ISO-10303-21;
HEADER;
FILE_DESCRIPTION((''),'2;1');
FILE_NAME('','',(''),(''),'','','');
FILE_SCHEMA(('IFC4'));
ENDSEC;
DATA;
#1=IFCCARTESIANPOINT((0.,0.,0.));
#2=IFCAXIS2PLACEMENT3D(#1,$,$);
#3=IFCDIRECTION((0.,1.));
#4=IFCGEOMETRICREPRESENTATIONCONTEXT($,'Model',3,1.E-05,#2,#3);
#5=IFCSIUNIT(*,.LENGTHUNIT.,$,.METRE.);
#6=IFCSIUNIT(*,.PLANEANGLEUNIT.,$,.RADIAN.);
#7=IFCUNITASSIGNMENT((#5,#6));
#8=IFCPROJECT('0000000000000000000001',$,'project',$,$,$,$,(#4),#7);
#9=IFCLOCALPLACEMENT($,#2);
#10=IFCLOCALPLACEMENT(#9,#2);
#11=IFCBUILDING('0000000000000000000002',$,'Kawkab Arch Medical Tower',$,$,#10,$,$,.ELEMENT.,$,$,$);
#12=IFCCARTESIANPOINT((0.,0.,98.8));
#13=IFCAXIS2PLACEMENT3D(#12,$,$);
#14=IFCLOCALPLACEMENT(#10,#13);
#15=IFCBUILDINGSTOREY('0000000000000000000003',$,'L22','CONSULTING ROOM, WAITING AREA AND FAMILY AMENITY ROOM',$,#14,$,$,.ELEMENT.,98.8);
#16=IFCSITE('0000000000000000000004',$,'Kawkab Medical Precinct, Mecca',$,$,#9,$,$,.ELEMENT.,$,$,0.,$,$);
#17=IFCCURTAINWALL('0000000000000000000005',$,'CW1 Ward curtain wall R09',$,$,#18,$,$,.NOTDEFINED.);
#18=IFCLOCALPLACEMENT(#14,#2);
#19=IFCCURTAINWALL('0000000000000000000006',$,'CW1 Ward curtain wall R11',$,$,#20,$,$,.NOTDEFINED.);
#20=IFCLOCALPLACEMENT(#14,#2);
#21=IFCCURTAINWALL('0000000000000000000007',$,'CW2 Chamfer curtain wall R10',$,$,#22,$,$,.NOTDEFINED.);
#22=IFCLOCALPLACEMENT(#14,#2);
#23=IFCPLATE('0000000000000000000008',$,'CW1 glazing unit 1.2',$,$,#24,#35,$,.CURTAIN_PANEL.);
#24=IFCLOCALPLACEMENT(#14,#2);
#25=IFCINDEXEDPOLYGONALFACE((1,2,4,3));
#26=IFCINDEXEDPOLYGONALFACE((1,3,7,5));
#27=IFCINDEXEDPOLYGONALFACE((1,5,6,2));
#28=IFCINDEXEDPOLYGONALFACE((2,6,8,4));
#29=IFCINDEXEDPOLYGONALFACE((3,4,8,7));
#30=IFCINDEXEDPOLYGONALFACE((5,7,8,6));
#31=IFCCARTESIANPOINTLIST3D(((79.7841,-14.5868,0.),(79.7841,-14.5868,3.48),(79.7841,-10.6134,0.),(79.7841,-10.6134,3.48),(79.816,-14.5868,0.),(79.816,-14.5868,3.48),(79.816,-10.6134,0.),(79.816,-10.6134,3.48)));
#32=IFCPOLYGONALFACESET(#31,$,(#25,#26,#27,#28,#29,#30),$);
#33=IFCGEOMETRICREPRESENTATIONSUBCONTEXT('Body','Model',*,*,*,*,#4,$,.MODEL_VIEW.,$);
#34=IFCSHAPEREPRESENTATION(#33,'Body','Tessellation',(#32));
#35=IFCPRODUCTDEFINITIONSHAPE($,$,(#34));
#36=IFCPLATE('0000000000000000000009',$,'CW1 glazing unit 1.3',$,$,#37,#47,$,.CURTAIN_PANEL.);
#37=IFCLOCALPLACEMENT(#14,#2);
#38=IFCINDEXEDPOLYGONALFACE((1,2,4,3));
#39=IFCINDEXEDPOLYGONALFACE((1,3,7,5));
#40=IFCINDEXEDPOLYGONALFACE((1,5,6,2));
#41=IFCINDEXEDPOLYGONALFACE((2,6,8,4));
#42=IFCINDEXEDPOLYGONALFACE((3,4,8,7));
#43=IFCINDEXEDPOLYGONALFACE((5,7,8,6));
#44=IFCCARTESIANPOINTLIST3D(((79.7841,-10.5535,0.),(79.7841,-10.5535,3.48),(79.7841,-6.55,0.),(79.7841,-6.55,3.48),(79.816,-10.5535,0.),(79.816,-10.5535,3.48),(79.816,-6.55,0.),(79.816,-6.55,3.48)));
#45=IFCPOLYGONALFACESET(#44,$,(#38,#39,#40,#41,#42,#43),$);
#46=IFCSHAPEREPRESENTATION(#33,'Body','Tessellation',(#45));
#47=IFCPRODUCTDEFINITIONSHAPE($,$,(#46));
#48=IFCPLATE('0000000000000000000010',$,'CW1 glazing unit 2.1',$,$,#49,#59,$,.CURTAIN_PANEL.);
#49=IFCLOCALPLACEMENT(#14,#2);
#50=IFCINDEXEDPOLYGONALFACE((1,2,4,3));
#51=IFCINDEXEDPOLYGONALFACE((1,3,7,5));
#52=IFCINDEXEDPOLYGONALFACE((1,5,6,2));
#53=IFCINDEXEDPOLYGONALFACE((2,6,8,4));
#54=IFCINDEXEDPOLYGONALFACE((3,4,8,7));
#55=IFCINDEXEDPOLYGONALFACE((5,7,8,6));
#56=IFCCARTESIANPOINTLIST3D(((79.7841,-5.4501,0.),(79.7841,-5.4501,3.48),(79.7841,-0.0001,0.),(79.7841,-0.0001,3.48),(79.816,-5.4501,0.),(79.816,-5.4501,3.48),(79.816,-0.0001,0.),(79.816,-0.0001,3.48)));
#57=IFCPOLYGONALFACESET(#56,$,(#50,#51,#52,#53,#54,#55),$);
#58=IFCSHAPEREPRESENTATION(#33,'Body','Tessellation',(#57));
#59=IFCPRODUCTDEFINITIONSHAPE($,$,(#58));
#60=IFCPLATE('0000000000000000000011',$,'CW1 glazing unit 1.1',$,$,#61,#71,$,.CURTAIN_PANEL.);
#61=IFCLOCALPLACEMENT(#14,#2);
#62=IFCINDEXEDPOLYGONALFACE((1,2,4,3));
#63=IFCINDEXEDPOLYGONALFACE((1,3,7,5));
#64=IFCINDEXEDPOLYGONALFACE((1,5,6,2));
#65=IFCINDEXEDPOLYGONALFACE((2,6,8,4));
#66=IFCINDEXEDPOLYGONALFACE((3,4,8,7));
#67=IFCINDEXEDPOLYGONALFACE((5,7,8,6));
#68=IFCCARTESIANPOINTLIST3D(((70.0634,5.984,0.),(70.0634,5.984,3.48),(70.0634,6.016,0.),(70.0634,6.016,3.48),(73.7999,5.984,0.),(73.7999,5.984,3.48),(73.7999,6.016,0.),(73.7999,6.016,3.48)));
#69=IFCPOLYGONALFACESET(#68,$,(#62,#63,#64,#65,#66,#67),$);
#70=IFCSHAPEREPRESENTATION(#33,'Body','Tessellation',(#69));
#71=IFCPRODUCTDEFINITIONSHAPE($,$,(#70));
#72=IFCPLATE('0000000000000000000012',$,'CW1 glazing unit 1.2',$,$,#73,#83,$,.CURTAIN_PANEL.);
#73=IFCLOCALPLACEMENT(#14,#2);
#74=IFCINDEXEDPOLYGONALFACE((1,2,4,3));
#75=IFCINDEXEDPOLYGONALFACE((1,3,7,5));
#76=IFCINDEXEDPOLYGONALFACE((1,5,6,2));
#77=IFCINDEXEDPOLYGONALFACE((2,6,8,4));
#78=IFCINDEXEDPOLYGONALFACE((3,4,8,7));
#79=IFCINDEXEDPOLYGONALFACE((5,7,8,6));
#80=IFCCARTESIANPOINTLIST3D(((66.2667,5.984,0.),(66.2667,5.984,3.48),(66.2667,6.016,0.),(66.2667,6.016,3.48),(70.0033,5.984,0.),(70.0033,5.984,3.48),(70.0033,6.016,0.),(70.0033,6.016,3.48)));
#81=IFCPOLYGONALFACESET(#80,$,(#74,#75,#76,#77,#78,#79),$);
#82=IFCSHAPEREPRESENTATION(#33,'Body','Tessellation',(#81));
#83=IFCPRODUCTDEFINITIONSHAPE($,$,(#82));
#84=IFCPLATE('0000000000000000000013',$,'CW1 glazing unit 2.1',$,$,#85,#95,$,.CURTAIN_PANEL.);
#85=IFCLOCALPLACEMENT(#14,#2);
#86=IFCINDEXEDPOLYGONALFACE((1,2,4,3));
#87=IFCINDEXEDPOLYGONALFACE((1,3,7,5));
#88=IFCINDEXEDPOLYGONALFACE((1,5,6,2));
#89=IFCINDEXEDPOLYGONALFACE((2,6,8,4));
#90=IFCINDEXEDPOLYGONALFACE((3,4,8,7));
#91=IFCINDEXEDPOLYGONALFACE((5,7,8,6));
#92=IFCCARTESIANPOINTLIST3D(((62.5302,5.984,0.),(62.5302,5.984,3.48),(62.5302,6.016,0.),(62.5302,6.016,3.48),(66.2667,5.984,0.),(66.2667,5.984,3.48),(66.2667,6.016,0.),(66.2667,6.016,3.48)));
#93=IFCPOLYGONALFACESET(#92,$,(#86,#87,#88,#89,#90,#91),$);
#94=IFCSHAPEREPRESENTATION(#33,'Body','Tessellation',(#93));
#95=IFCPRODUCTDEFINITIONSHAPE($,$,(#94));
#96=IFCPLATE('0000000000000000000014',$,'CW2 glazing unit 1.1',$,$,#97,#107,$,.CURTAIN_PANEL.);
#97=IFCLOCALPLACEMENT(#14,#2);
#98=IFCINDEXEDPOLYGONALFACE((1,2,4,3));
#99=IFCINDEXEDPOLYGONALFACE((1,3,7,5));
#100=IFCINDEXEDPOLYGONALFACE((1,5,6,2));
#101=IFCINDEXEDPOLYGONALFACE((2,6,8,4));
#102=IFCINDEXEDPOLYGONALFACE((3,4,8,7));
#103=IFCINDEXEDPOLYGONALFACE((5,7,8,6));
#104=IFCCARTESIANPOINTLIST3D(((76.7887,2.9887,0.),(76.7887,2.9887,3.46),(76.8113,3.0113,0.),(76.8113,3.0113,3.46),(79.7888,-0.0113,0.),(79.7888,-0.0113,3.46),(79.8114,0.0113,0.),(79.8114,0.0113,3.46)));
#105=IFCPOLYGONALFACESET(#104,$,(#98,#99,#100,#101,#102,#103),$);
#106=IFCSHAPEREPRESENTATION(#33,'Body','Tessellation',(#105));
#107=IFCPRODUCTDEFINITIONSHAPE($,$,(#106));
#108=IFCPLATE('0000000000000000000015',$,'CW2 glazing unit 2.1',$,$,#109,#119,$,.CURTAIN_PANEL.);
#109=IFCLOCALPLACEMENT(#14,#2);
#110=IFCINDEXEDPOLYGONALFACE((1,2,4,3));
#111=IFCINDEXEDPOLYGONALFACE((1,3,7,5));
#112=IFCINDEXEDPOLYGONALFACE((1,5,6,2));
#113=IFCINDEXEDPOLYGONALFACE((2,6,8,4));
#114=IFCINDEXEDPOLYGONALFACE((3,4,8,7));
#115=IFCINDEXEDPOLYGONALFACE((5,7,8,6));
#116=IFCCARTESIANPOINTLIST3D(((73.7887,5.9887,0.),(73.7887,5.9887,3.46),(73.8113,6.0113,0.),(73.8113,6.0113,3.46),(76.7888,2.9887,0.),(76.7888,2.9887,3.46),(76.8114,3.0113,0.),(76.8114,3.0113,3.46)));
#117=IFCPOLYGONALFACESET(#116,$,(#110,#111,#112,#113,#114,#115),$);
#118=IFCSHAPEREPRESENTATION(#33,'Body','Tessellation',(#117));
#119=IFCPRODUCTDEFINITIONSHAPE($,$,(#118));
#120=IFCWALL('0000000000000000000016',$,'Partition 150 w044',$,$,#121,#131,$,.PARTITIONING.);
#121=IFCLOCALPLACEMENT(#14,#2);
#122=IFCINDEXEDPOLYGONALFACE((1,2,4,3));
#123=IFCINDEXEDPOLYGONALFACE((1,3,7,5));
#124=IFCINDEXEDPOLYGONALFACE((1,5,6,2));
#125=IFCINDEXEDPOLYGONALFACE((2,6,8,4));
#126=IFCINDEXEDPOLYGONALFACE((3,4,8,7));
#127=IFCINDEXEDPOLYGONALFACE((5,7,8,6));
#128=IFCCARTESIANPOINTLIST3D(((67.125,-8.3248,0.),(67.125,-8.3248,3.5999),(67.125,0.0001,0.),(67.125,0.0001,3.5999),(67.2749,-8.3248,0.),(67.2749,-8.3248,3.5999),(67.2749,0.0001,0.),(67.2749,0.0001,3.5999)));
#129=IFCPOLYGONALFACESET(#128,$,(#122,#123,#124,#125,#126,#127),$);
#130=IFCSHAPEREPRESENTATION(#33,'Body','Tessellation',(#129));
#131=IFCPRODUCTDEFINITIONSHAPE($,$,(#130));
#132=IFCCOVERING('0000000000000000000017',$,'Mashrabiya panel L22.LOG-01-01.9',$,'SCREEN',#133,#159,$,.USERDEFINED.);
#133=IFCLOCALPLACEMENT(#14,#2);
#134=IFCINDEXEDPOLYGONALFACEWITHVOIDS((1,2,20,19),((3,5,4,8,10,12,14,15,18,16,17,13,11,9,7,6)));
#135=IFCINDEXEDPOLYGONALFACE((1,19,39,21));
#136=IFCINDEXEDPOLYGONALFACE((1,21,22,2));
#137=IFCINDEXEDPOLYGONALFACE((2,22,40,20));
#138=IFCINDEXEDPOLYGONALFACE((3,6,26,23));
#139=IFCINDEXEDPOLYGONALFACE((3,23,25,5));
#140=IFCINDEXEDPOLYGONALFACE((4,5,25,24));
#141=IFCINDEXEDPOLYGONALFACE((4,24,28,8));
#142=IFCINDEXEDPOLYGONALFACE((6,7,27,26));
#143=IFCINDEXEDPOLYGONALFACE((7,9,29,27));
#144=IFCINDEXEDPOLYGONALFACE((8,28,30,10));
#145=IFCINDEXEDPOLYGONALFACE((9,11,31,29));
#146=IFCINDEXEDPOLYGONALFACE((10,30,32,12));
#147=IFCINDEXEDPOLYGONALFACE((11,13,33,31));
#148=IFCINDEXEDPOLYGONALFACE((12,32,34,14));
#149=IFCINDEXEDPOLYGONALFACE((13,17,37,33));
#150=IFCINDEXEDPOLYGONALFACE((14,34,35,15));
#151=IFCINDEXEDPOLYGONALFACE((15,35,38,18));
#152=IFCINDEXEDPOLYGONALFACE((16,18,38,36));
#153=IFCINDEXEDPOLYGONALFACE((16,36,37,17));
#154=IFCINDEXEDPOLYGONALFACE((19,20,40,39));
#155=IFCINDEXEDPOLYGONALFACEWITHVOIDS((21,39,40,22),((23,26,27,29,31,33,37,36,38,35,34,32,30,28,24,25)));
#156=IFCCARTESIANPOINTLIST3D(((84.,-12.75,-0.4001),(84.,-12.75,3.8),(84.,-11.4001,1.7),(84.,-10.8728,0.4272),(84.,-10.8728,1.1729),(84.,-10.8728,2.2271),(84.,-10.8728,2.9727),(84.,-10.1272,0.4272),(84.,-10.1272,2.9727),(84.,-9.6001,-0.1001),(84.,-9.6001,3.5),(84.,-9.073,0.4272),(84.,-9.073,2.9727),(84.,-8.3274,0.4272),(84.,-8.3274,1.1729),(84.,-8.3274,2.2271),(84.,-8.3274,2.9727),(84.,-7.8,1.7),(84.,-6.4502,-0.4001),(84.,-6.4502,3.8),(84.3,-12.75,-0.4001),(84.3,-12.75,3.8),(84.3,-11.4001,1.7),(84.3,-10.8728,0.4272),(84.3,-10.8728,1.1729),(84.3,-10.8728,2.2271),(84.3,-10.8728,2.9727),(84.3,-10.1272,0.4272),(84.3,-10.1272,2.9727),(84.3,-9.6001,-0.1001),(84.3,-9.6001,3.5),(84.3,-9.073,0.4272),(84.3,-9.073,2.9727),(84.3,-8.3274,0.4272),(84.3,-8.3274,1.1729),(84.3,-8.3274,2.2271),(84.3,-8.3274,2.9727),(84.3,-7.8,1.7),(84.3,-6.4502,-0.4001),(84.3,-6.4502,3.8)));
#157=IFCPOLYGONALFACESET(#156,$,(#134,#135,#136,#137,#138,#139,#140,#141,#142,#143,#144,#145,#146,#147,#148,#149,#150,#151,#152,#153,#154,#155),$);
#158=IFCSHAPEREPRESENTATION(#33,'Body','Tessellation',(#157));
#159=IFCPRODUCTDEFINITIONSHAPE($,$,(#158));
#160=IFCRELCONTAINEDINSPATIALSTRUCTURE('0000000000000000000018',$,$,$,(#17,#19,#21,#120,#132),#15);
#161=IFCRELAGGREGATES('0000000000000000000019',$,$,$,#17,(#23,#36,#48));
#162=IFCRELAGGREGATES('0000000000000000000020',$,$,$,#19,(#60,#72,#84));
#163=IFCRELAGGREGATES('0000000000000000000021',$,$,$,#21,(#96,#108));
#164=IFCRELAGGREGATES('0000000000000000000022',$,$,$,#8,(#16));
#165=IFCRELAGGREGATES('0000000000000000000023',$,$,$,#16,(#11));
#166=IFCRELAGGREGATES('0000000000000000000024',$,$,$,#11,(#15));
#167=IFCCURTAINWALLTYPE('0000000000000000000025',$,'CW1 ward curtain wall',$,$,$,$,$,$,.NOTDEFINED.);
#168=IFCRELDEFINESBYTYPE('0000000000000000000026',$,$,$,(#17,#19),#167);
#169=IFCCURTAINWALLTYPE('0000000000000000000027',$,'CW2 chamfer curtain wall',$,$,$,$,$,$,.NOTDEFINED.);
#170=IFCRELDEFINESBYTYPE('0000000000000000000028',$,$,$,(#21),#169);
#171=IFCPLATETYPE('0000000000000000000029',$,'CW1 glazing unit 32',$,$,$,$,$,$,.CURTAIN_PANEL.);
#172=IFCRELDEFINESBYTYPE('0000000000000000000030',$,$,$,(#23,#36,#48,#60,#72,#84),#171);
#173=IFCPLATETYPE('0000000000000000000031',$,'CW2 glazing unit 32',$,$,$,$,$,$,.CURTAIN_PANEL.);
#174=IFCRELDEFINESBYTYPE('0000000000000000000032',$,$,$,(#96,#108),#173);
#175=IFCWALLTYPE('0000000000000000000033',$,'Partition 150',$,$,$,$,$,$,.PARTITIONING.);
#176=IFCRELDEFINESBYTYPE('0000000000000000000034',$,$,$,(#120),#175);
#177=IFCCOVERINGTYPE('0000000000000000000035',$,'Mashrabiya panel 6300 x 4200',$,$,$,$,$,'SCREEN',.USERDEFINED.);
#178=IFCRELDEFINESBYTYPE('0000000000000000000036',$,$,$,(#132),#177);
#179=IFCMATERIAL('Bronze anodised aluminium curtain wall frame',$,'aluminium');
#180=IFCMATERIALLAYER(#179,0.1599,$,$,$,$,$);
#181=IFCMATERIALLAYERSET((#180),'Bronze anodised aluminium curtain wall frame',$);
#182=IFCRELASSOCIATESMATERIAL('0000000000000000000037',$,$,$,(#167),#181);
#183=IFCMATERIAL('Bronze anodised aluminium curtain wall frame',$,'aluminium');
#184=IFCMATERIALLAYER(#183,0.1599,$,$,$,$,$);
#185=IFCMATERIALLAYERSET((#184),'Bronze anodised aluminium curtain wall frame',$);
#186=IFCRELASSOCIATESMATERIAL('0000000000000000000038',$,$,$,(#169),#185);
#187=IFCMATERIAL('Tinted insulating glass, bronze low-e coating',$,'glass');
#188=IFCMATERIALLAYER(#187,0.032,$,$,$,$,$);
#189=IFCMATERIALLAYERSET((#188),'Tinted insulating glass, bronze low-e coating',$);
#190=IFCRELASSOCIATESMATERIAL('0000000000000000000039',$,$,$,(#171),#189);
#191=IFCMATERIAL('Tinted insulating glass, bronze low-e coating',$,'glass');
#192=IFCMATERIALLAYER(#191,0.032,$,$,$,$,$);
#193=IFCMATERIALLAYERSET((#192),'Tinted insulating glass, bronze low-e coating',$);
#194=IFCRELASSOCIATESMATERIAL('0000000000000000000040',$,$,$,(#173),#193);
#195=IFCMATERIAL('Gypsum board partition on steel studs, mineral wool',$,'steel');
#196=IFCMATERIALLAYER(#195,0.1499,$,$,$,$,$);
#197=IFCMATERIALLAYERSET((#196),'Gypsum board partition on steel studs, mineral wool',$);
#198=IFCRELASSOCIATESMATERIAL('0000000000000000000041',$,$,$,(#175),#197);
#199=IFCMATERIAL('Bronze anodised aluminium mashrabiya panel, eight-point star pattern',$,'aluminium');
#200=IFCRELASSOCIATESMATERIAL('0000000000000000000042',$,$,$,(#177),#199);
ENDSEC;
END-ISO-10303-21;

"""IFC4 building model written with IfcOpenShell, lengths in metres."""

from ifc_helpers import new_model, si_unit, direction, frame, frame_2d, origin, origin_2d, place, context, subcontext, project, spatial, polyline, rectangle, outline, extrude, material, layer, layer_set, material_profile, profile_set, type_object, element, aggregate, save


model = new_model("IFC4")

# Units and contexts
model_context = context("Model", 3, precision=1e-05, world=origin(), true_north=direction((0.0, 1.0)))
body_context = subcontext(model_context, "Body", "Model", "MODEL_VIEW")
ifc_project = project(units=[si_unit("LENGTHUNIT", "METRE"), si_unit("PLANEANGLEUNIT", "RADIAN")], contexts=[model_context])

# Site, building, storey
site_placement = place(None, origin())
site = spatial("IfcSite", under=ifc_project, at=site_placement, Name="Kawkab Medical Precinct, Mecca", CompositionType="ELEMENT", RefElevation=0.0)
building_placement = place(site_placement, origin())
building = spatial("IfcBuilding", under=site, at=building_placement, Name="Kawkab Arch Medical Tower", CompositionType="ELEMENT")
storey_placement = place(building_placement, frame((0.0, 0.0, 98.8)))
storey = spatial("IfcBuildingStorey", under=building, at=storey_placement, Name="L22", Description="CONSULTING ROOM, WAITING AREA AND FAMILY AMENITY ROOM", CompositionType="ELEMENT", Elevation=98.8)

# Curtain walls
ifc_material_1 = material(Name="Bronze anodised aluminium curtain wall frame", Category="aluminium")
ifc_layer_1 = layer(ifc_material_1, 0.1599)
ifc_layer_set_1 = layer_set([ifc_layer_1], Name="Bronze anodised aluminium curtain wall frame")
curtain_wall_type_1 = type_object("IfcCurtainWallType", Name="CW1 ward curtain wall", PredefinedType="NOTDEFINED", material=ifc_layer_set_1)
placement = place(storey_placement, origin())
curtain_wall_1 = element("IfcCurtainWall", 1, at=placement, inside=storey, type_object=curtain_wall_type_1, Name="CW1 Ward curtain wall R09", PredefinedType="NOTDEFINED")
curtain_wall_2 = element("IfcCurtainWall", 2, at=placement, inside=storey, type_object=curtain_wall_type_1, Name="CW1 Ward curtain wall R11", PredefinedType="NOTDEFINED")

# Curtain wall
ifc_material_2 = material(Name="Bronze anodised aluminium curtain wall frame", Category="aluminium")
ifc_layer_2 = layer(ifc_material_2, 0.1599)
ifc_layer_set_2 = layer_set([ifc_layer_2], Name="Bronze anodised aluminium curtain wall frame")
curtain_wall_type_2 = type_object("IfcCurtainWallType", Name="CW2 chamfer curtain wall", PredefinedType="NOTDEFINED", material=ifc_layer_set_2)
curtain_wall_3 = element("IfcCurtainWall", 3, at=placement, inside=storey, type_object=curtain_wall_type_2, Name="CW2 Chamfer curtain wall R10", PredefinedType="NOTDEFINED")

# Plates
ifc_material_3 = material(Name="Tinted insulating glass, bronze low-e coating", Category="glass")
ifc_layer_3 = layer(ifc_material_3, 0.032)
ifc_layer_set_3 = layer_set([ifc_layer_3], Name="Tinted insulating glass, bronze low-e coating")
plate_type_1 = type_object("IfcPlateType", Name="CW1 glazing unit 32", PredefinedType="CURTAIN_PANEL", material=ifc_layer_set_3)
plate_1_placement = place(storey_placement, frame((79.8, -12.6001, 0.0), z_axis=(0.0, 0.0, 1.0), x_axis=(0.0, 1.0, 0.0)))
plate_1 = element("IfcPlate", 4, at=plate_1_placement, type_object=plate_type_1, Name="CW1 glazing unit 1.2", PredefinedType="CURTAIN_PANEL", context=body_context, shape_type="SweptSolid", body=[
    extrude(rectangle(XDim=3.9734, YDim=0.032, at=origin_2d()), origin(), (0.0, 0.0, 1.0), 3.48),
])
plate_2_placement = place(storey_placement, frame((79.8, -8.5518, 0.0), z_axis=(0.0, 0.0, 1.0), x_axis=(0.0, 1.0, 0.0)))
plate_2 = element("IfcPlate", 5, at=plate_2_placement, type_object=plate_type_1, Name="CW1 glazing unit 1.3", PredefinedType="CURTAIN_PANEL", context=body_context, shape_type="SweptSolid", body=[
    extrude(rectangle(XDim=4.0034, YDim=0.032, at=origin_2d()), origin(), (0.0, 0.0, 1.0), 3.48),
])
plate_3_placement = place(storey_placement, frame((79.8, -2.7251, 0.0), z_axis=(0.0, 0.0, 1.0), x_axis=(0.0, 1.0, 0.0)))
plate_3 = element("IfcPlate", 6, at=plate_3_placement, type_object=plate_type_1, Name="CW1 glazing unit 2.1", PredefinedType="CURTAIN_PANEL", context=body_context, shape_type="SweptSolid", body=[
    extrude(rectangle(XDim=5.45, YDim=0.032, at=origin_2d()), origin(), (0.0, 0.0, 1.0), 3.48),
])
aggregate(curtain_wall_1, [plate_1, plate_2, plate_3])
plate_4_placement = place(storey_placement, frame((71.9316, 6.0, 0.0), z_axis=(0.0, 0.0, 1.0), x_axis=(-1.0, 0.0, 0.0)))
plate_4 = element("IfcPlate", 7, at=plate_4_placement, type_object=plate_type_1, Name="CW1 glazing unit 1.1", PredefinedType="CURTAIN_PANEL", context=body_context, shape_type="SweptSolid", body=[
    extrude(rectangle(XDim=3.7366, YDim=0.032, at=origin_2d()), origin(), (0.0, 0.0, 1.0), 3.48),
])
plate_5_placement = place(storey_placement, frame((68.135, 6.0, 0.0), z_axis=(0.0, 0.0, 1.0), x_axis=(-1.0, 0.0, 0.0)))
plate_5 = element("IfcPlate", 8, at=plate_5_placement, type_object=plate_type_1, Name="CW1 glazing unit 1.2", PredefinedType="CURTAIN_PANEL", context=body_context, shape_type="SweptSolid", body=[
    extrude(rectangle(XDim=3.7366, YDim=0.032, at=origin_2d()), origin(), (0.0, 0.0, 1.0), 3.48),
])
plate_6_placement = place(storey_placement, frame((64.3984, 6.0, 0.0), z_axis=(0.0, 0.0, 1.0), x_axis=(-1.0, 0.0, 0.0)))
plate_6 = element("IfcPlate", 9, at=plate_6_placement, type_object=plate_type_1, Name="CW1 glazing unit 2.1", PredefinedType="CURTAIN_PANEL", context=body_context, shape_type="SweptSolid", body=[
    extrude(rectangle(XDim=3.7366, YDim=0.032, at=origin_2d()), origin(), (0.0, 0.0, 1.0), 3.48),
])
aggregate(curtain_wall_2, [plate_4, plate_5, plate_6])
ifc_material_4 = material(Name="Tinted insulating glass, bronze low-e coating", Category="glass")
ifc_layer_4 = layer(ifc_material_4, 0.032)
ifc_layer_set_4 = layer_set([ifc_layer_4], Name="Tinted insulating glass, bronze low-e coating")
plate_type_2 = type_object("IfcPlateType", Name="CW2 glazing unit 32", PredefinedType="CURTAIN_PANEL", material=ifc_layer_set_4)
plate_7_placement = place(storey_placement, frame((78.3, 1.5, 0.0), z_axis=(0.0, 0.0, 1.0), x_axis=(-0.707107, 0.707107, 0.0)))
plate_7 = element("IfcPlate", 10, at=plate_7_placement, type_object=plate_type_2, Name="CW2 glazing unit 1.1", PredefinedType="CURTAIN_PANEL", context=body_context, shape_type="SweptSolid", body=[
    extrude(rectangle(XDim=4.2427, YDim=0.032, at=origin_2d()), origin(), (0.0, 0.0, 1.0), 3.46),
])
plate_8_placement = place(storey_placement, frame((75.3, 4.5, 0.0), z_axis=(0.0, 0.0, 1.0), x_axis=(-0.707107, 0.707107, 0.0)))
plate_8 = element("IfcPlate", 11, at=plate_8_placement, type_object=plate_type_2, Name="CW2 glazing unit 2.1", PredefinedType="CURTAIN_PANEL", context=body_context, shape_type="SweptSolid", body=[
    extrude(rectangle(XDim=4.2427, YDim=0.032, at=origin_2d()), origin(), (0.0, 0.0, 1.0), 3.46),
])
aggregate(curtain_wall_3, [plate_7, plate_8])

# Wall
ifc_material_5 = material(Name="Gypsum board partition on steel studs, mineral wool", Category="steel")
ifc_layer_5 = layer(ifc_material_5, 0.1499)
ifc_layer_set_5 = layer_set([ifc_layer_5], Name="Gypsum board partition on steel studs, mineral wool")
wall_type = type_object("IfcWallType", Name="Partition 150", PredefinedType="PARTITIONING", material=ifc_layer_set_5)
wall_placement = place(storey_placement, frame((67.2, -8.325, 0.0), z_axis=(0.0, 0.0, 1.0), x_axis=(0.0, 1.0, 0.0)))
element("IfcWall", 12, at=wall_placement, inside=storey, type_object=wall_type, Name="Partition 150 w044", PredefinedType="PARTITIONING", context=body_context, shape_type="SweptSolid", body=[
    extrude(rectangle(XDim=8.325, YDim=0.1499, at=frame_2d((4.1626, 0.0))), origin(), (0.0, 0.0, 1.0), 3.5999),
])

# Covering
ifc_material_6 = material(Name="Bronze anodised aluminium mashrabiya panel, eight-point star pattern", Category="aluminium")
ifc_material_profile_1 = material_profile(ifc_material_6, outline(polyline([(-3.1499, -2.1001), (3.1499, -2.1001), (3.1499, 2.1001), (-3.1499, 2.1001), (-3.1499, -2.1001)]), holes=[polyline([(1.8, 0.0), (1.2727, 0.5271), (1.2727, 1.2727), (0.5271, 1.2727), (0.0, 1.8), (-0.5271, 1.2727), (-1.2727, 1.2727), (-1.2727, 0.5271), (-1.8, 0.0), (-1.2727, -0.5271), (-1.2727, -1.2727), (-0.5271, -1.2727), (0.0, -1.8), (0.5271, -1.2727), (1.2727, -1.2727), (1.2727, -0.5271), (1.8, 0.0)])]), Name="Mashrabiya panel 6300x4200")
ifc_profile_set_1 = profile_set([ifc_material_profile_1], Name="Bronze anodised aluminium mashrabiya panel, eight-point star pattern")
covering_type_1 = type_object("IfcCoveringType", Name="Mashrabiya panel 6300 x 4200", ElementType="SCREEN", PredefinedType="USERDEFINED", material=ifc_profile_set_1)
covering_1_placement = place(storey_placement, frame((84.0, -9.6001, 1.7), z_axis=(1.0, 0.0, 0.0), x_axis=(0.0, 1.0, 0.0)))
element("IfcCovering", 13, at=covering_1_placement, inside=storey, type_object=covering_type_1, Name="Mashrabiya panel L22.LOG-01-01.9", ObjectType="SCREEN", PredefinedType="USERDEFINED", context=body_context, shape_type="SweptSolid", body=[
    extrude(outline(polyline([(-3.1499, -2.1001), (3.1499, -2.1001), (3.1499, 2.1001), (-3.1499, 2.1001), (-3.1499, -2.1001)]), holes=[polyline([(1.8, 0.0), (1.2727, 0.5271), (1.2727, 1.2727), (0.5271, 1.2727), (0.0, 1.8), (-0.5271, 1.2727), (-1.2727, 1.2727), (-1.2727, 0.5271), (-1.8, 0.0), (-1.2727, -0.5271), (-1.2727, -1.2727), (-0.5271, -1.2727), (0.0, -1.8), (0.5271, -1.2727), (1.2727, -1.2727), (1.2727, -0.5271), (1.8, 0.0)])]), origin(), (0.0, 0.0, 1.0), 0.3),
])

save(model, "model.ifc")
